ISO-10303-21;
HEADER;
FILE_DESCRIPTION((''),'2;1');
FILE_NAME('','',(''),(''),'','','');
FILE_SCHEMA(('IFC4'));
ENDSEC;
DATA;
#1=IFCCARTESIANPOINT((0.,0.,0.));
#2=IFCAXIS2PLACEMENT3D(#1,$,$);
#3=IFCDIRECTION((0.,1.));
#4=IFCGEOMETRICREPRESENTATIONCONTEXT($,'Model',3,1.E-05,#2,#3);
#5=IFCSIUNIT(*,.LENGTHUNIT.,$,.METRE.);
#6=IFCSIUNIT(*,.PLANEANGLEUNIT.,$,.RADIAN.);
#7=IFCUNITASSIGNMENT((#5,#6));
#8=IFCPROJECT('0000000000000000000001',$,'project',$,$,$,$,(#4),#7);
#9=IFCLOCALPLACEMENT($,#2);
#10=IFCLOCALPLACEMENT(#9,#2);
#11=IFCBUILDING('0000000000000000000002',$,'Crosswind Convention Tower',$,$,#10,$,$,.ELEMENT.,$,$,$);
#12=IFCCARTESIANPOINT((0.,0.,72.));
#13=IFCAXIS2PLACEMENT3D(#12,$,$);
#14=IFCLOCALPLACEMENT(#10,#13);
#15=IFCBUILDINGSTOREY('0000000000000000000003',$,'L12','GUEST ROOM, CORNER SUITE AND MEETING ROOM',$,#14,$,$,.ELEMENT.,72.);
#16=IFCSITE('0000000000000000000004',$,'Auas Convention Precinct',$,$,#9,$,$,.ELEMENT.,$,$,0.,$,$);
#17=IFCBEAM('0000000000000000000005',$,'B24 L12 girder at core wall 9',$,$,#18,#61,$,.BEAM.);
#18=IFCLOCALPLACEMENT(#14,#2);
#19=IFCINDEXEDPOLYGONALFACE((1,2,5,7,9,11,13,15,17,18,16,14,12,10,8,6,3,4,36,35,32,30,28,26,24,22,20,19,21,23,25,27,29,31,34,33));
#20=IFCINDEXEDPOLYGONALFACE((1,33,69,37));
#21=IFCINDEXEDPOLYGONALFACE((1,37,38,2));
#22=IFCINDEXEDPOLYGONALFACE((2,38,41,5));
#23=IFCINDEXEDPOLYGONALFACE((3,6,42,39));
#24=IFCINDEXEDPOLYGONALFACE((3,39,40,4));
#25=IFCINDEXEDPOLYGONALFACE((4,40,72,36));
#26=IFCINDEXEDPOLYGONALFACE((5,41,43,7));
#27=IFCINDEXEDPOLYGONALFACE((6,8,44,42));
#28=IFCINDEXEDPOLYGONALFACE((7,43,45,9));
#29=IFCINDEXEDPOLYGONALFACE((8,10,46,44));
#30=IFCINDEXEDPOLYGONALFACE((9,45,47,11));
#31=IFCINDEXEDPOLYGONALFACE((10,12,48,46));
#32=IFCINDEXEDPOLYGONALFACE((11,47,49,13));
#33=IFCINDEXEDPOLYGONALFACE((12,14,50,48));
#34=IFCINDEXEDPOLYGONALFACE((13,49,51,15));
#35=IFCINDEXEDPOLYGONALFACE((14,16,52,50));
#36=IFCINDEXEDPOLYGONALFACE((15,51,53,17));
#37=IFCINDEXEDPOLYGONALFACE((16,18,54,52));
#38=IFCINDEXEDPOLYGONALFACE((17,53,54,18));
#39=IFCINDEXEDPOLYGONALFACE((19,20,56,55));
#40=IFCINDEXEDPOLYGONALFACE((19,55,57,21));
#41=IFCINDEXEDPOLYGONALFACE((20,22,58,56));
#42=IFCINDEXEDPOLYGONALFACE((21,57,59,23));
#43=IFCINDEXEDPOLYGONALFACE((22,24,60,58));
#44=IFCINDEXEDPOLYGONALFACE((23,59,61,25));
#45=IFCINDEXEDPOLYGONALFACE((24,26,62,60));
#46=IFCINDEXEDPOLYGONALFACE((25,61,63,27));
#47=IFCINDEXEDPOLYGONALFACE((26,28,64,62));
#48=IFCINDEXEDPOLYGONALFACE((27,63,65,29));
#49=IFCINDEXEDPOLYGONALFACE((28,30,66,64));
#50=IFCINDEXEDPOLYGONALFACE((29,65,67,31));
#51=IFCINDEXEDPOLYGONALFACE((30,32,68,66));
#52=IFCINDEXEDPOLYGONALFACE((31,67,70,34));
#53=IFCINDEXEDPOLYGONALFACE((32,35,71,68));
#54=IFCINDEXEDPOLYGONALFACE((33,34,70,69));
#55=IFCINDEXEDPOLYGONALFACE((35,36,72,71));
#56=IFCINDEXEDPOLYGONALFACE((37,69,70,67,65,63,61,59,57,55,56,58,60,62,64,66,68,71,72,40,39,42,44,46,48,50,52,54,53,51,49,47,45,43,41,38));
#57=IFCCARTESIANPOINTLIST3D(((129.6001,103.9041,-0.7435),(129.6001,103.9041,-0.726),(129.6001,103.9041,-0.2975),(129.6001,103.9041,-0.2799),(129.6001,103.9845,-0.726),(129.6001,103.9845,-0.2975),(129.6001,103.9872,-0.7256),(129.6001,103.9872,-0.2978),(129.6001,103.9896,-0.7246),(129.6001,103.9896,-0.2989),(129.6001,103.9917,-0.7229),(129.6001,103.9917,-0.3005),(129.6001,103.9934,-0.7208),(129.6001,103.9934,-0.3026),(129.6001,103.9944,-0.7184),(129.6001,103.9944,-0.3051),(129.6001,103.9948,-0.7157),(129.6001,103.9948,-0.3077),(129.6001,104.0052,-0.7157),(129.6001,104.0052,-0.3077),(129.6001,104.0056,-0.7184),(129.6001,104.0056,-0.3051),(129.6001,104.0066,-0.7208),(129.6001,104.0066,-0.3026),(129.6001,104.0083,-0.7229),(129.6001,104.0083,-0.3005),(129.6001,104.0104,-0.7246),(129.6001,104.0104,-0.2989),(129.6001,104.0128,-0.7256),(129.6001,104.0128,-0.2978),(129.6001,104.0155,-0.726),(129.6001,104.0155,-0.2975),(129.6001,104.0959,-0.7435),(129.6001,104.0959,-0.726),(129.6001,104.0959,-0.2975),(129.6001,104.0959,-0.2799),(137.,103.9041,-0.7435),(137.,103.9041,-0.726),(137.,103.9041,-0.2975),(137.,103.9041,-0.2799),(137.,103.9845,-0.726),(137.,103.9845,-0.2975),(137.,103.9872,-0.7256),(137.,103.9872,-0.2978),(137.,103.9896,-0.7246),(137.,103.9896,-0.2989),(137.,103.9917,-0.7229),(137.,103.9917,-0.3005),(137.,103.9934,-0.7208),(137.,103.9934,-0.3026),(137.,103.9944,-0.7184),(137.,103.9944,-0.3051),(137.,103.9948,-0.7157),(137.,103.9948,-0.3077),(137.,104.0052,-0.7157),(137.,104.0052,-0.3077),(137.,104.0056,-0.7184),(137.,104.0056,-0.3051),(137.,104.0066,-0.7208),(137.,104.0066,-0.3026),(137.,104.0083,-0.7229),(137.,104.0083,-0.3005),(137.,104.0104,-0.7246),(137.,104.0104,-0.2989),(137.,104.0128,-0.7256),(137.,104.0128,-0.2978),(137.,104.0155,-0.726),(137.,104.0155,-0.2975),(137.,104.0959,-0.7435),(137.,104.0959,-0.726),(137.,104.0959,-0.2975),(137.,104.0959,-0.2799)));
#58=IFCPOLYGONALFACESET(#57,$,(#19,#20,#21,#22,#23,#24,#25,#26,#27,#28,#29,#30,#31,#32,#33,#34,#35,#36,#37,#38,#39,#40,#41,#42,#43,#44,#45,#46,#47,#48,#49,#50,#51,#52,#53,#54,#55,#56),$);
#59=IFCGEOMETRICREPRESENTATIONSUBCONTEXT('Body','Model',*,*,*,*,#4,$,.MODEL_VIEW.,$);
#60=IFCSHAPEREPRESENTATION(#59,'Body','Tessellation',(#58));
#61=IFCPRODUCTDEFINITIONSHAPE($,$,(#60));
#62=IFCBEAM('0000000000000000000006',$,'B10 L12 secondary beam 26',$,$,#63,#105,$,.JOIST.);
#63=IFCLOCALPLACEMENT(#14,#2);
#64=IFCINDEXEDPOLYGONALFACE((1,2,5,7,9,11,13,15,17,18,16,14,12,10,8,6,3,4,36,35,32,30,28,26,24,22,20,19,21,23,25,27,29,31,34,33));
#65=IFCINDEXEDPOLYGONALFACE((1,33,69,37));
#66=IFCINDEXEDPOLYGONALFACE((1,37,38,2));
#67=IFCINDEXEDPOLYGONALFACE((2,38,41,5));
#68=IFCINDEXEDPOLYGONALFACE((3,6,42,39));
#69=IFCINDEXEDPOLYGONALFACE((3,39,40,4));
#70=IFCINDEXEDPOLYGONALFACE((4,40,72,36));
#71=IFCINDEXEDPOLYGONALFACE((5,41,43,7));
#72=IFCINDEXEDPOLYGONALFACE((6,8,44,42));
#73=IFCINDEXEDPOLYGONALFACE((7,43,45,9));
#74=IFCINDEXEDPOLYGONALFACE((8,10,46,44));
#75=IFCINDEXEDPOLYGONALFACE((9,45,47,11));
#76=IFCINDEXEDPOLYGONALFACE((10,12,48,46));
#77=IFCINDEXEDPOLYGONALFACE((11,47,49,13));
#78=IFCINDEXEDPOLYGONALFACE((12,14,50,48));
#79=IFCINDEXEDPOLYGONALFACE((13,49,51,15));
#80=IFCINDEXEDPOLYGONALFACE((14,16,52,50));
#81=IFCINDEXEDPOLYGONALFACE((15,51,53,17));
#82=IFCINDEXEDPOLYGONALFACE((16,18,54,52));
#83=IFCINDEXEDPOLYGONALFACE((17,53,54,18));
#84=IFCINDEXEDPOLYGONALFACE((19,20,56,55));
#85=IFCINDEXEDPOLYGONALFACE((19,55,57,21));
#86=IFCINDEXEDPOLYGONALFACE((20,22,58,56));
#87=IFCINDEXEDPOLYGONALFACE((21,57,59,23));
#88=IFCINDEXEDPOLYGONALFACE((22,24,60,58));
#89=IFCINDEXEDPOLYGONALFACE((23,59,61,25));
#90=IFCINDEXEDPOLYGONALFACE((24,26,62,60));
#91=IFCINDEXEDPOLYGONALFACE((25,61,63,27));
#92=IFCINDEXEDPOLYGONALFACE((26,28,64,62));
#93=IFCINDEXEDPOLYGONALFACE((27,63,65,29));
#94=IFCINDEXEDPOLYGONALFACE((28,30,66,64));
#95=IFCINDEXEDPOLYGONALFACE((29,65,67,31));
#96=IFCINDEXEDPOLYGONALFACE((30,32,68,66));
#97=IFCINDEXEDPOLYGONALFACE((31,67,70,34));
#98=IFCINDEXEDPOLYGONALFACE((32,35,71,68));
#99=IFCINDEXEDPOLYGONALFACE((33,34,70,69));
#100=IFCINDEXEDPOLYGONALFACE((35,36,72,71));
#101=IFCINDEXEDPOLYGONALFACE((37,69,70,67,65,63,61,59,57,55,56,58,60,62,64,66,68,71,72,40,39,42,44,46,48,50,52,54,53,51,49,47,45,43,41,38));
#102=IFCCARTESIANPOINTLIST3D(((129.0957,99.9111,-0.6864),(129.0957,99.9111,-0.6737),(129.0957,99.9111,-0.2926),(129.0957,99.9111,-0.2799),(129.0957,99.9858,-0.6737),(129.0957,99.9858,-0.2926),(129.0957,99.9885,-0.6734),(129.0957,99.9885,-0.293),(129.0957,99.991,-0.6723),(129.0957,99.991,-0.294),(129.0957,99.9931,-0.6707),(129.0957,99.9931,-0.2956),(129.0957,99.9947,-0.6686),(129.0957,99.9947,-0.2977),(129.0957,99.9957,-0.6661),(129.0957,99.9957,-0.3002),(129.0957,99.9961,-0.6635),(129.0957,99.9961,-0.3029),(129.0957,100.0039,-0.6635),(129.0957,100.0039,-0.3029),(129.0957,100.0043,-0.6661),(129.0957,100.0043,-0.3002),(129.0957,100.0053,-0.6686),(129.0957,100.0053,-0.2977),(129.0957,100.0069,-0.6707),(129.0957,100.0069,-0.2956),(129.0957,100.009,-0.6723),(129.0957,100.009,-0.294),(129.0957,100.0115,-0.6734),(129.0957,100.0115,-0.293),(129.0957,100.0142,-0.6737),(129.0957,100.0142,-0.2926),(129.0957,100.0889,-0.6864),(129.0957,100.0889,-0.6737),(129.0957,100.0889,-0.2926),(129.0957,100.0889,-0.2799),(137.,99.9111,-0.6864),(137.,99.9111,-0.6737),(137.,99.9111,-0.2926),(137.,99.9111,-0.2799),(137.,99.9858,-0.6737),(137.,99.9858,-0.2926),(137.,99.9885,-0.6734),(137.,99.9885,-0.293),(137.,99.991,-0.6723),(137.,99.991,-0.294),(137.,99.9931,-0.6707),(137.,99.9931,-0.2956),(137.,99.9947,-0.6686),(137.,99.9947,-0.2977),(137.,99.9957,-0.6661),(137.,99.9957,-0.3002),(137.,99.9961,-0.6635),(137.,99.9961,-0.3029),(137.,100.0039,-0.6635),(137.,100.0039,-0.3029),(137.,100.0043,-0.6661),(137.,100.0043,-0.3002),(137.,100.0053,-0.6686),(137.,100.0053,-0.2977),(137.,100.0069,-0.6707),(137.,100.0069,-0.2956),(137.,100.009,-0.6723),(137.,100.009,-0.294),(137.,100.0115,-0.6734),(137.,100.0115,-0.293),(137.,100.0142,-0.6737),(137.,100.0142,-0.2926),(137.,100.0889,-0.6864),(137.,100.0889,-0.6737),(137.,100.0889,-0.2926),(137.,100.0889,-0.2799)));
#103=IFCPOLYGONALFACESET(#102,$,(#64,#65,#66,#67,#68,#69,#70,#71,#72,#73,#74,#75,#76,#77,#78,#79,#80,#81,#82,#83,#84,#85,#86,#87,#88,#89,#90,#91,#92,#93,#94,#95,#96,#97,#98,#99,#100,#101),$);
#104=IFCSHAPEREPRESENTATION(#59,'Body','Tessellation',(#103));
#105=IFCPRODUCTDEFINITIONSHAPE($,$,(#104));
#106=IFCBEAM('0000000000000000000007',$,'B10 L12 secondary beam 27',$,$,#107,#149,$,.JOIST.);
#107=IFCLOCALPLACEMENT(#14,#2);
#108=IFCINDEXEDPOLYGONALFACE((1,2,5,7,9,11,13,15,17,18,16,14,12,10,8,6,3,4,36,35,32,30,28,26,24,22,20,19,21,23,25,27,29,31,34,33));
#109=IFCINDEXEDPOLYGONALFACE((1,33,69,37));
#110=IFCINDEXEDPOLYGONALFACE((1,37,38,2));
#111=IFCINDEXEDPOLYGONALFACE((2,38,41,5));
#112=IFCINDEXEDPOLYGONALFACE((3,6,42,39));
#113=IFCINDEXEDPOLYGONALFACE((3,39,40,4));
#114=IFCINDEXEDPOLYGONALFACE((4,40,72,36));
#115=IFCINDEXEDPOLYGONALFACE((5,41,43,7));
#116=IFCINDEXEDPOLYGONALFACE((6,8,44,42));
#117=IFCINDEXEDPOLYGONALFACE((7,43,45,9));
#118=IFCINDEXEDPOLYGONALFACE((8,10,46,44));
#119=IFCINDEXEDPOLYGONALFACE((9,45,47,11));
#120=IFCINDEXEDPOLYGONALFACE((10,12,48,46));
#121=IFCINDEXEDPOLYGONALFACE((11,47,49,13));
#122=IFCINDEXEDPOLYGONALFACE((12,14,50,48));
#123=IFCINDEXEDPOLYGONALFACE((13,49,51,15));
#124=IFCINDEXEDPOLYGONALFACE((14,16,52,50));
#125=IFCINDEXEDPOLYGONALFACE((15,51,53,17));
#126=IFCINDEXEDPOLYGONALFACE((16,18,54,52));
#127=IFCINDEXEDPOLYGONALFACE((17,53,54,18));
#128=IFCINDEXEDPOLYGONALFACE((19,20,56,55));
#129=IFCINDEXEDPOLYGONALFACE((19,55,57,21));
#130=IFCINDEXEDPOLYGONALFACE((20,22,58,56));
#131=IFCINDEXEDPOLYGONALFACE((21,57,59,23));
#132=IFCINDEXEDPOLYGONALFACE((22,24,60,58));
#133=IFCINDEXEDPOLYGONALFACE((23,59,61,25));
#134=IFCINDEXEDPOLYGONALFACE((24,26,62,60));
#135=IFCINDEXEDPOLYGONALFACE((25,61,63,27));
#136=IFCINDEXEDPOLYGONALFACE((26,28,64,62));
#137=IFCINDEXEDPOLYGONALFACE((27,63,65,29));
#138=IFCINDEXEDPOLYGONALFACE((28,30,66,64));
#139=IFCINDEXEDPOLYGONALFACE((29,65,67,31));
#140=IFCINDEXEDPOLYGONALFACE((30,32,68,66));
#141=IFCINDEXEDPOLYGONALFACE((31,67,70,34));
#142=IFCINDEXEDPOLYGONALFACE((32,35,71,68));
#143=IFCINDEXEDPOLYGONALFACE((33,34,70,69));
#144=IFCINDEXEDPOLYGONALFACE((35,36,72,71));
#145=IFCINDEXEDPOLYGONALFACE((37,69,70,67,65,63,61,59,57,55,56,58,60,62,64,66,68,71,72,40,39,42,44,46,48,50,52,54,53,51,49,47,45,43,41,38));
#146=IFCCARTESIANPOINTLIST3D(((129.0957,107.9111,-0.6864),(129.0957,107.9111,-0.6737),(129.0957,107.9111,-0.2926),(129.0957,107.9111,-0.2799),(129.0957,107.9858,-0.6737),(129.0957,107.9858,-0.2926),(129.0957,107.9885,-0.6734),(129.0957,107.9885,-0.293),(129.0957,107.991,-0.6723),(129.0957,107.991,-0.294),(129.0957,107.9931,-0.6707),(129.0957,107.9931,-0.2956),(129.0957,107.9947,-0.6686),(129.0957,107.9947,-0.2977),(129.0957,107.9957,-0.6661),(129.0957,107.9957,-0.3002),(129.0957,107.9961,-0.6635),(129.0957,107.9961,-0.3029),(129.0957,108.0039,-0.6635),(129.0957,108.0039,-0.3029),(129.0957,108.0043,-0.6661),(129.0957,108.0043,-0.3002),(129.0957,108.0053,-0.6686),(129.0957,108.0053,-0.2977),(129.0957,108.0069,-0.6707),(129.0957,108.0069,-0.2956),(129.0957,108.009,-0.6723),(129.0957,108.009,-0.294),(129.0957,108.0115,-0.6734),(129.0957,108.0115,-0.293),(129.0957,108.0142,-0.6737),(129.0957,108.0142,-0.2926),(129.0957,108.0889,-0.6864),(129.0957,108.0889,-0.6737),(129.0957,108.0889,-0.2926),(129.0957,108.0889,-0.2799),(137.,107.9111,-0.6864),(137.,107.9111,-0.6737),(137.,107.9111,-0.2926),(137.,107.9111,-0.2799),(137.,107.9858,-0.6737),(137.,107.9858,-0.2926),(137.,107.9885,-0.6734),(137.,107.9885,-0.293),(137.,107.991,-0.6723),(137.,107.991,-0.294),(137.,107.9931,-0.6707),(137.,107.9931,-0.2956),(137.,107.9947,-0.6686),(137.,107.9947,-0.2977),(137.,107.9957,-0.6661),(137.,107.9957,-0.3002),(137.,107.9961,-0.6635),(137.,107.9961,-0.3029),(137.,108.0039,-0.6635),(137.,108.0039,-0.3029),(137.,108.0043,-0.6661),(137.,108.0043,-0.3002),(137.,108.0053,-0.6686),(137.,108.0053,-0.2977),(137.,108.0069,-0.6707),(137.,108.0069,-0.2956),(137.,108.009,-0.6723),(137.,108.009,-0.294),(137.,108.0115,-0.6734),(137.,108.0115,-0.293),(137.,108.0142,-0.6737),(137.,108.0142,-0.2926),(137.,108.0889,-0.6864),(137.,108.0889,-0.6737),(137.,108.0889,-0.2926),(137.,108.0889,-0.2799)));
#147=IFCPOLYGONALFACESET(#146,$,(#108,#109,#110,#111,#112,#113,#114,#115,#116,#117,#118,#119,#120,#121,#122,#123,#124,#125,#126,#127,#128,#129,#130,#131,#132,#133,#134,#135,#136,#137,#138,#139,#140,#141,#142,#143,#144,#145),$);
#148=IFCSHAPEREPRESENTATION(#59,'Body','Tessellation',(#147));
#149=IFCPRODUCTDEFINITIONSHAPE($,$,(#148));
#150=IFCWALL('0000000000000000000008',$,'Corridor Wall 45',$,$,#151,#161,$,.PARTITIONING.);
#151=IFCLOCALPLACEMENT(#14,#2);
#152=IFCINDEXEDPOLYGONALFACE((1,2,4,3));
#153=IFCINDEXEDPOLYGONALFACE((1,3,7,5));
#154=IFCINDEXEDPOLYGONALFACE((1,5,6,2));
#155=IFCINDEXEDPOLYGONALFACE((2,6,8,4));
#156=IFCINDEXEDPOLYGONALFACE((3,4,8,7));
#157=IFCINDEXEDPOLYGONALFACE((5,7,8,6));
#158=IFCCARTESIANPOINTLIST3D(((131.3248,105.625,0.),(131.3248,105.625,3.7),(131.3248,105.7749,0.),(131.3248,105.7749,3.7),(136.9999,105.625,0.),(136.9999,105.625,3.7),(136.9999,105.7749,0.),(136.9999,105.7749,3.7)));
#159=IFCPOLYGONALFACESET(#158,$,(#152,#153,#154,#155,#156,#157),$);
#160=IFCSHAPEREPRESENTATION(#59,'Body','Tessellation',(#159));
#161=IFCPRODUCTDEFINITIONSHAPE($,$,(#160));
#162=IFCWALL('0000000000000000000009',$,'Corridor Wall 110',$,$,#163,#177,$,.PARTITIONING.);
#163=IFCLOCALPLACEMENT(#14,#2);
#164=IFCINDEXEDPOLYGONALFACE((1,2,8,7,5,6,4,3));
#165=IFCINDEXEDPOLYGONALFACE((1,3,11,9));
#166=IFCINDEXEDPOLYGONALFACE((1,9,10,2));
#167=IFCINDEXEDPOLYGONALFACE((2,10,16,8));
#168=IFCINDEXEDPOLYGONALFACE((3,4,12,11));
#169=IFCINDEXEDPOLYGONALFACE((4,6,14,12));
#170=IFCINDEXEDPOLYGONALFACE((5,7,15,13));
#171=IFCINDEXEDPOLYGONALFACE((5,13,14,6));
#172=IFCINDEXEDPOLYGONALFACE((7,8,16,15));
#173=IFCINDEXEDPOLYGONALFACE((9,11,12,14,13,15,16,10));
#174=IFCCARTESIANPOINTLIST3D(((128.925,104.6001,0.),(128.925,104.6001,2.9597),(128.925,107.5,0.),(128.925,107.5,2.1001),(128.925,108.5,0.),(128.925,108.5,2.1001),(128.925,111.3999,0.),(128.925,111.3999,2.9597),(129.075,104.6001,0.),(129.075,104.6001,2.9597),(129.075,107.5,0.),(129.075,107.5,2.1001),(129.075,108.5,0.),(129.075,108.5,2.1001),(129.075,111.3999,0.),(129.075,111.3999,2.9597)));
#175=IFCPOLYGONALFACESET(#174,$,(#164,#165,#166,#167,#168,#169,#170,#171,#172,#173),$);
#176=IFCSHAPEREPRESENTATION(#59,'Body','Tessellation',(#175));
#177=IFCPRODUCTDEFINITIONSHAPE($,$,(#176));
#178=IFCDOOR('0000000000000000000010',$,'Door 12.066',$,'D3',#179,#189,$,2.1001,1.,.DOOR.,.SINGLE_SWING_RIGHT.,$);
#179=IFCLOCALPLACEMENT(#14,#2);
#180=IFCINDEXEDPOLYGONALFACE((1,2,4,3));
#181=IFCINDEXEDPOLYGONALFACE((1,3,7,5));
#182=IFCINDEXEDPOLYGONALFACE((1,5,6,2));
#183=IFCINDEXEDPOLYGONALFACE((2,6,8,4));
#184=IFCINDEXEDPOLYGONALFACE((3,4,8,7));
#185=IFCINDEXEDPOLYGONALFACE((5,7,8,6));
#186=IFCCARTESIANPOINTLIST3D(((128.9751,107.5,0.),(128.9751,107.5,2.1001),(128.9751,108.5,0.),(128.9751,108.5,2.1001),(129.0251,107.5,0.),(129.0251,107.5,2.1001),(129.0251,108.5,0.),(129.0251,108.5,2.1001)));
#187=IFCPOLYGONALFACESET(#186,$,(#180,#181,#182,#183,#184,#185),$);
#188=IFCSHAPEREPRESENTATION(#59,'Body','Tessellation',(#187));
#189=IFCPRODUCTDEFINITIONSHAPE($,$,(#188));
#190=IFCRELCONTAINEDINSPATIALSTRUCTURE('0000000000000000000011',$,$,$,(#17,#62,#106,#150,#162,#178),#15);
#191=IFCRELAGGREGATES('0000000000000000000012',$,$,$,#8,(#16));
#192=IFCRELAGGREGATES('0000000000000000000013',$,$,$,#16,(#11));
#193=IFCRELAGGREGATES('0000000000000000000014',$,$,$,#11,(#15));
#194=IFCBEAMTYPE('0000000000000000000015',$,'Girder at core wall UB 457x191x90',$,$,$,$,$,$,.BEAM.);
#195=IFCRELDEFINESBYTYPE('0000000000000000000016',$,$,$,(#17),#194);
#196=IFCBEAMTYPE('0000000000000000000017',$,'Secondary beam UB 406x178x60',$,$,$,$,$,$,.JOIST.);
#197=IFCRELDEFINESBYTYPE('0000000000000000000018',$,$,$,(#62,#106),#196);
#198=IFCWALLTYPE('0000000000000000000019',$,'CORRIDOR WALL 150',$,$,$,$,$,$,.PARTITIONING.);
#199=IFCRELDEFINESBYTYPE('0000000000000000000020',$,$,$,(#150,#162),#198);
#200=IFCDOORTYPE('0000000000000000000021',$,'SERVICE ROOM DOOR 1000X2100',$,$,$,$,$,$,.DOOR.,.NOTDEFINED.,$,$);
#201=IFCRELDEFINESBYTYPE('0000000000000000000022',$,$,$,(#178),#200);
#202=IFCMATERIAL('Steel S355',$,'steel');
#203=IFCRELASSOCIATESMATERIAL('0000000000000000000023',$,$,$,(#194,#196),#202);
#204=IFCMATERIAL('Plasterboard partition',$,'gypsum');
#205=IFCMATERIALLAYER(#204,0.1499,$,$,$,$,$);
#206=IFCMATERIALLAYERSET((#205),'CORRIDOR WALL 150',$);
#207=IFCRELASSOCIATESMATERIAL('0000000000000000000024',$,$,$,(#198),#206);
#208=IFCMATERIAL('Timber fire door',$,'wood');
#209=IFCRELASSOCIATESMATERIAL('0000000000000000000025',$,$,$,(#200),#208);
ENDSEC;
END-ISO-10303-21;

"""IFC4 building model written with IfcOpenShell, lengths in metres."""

from ifc_helpers import new_model, si_unit, direction, frame, frame_2d, origin, origin_2d, place, context, subcontext, project, spatial, rectangle, i_section, extrude, material, layer, layer_set, material_profile, profile_set, type_object, element, fill, save


model = new_model("IFC4")

# Units and contexts
model_context = context("Model", 3, precision=1e-05, world=origin(), true_north=direction((0.0, 1.0)))
body_context = subcontext(model_context, "Body", "Model", "MODEL_VIEW")
ifc_project = project(units=[si_unit("LENGTHUNIT", "METRE"), si_unit("PLANEANGLEUNIT", "RADIAN")], contexts=[model_context])

# Site, building, storey
site_placement = place(None, origin())
site = spatial("IfcSite", under=ifc_project, at=site_placement, Name="Auas Convention Precinct", CompositionType="ELEMENT", RefElevation=0.0)
building_placement = place(site_placement, origin())
building = spatial("IfcBuilding", under=site, at=building_placement, Name="Crosswind Convention Tower", CompositionType="ELEMENT")
storey_placement = place(building_placement, frame((0.0, 0.0, 72.0)))
storey = spatial("IfcBuildingStorey", under=building, at=storey_placement, Name="L12", Description="GUEST ROOM, CORNER SUITE AND MEETING ROOM", CompositionType="ELEMENT", Elevation=72.0)

# Beams
ifc_material_1 = material(Name="Steel S355", Category="steel")
ifc_material_profile_1 = material_profile(ifc_material_1, i_section(OverallWidth=0.1919, OverallDepth=0.4636, WebThickness=0.0105, FlangeThickness=0.0176, FilletRadius=0.0103, at=origin_2d()), Name="UB 457x191x90")
ifc_profile_set_1 = profile_set([ifc_material_profile_1], Name="Steel S355")
beam_type_1 = type_object("IfcBeamType", Name="Girder at core wall UB 457x191x90", PredefinedType="BEAM", material=ifc_profile_set_1)
beam_placement = place(storey_placement, frame((129.6001, 104.0, -0.5117), z_axis=(1.0, 0.0, 0.0), x_axis=(0.0, 1.0, 0.0)))
element("IfcBeam", 1, at=beam_placement, inside=storey, type_object=beam_type_1, Name="B24 L12 girder at core wall 9", PredefinedType="BEAM", context=body_context, shape_type="SweptSolid", body=[
    extrude(i_section(OverallWidth=0.1919, OverallDepth=0.4636, WebThickness=0.0105, FlangeThickness=0.0176, FilletRadius=0.0103, at=origin_2d()), origin(), (0.0, 0.0, 1.0), 7.3999),
])
ifc_material_profile_2 = material_profile(ifc_material_1, i_section(OverallWidth=0.1777, OverallDepth=0.4065, WebThickness=0.0078, FlangeThickness=0.0127, FilletRadius=0.0103, at=origin_2d()), Name="UB 406x178x60")
ifc_profile_set_2 = profile_set([ifc_material_profile_2], Name="Steel S355")
beam_type_2 = type_object("IfcBeamType", Name="Secondary beam UB 406x178x60", PredefinedType="JOIST", material=ifc_profile_set_2)
for number, where, z_axis, x_axis, name in (
    (2, (129.0957, 100.0, -0.4832), (1.0, 0.0, 0.0), (0.0, 1.0, 0.0), "B10 L12 secondary beam 26"),
    (3, (129.0957, 108.0, -0.4832), (1.0, 0.0, 0.0), (0.0, 1.0, 0.0), "B10 L12 secondary beam 27"),
):
    element("IfcBeam", number, at=place(storey_placement, frame(where, z_axis=z_axis, x_axis=x_axis)), inside=storey, type_object=beam_type_2, Name=name, PredefinedType="JOIST", context=body_context, shape_type="SweptSolid", body=[
        extrude(i_section(OverallWidth=0.1777, OverallDepth=0.4065, WebThickness=0.0078, FlangeThickness=0.0127, FilletRadius=0.0103, at=origin_2d()), origin(), (0.0, 0.0, 1.0), 7.9043),
    ])

# Wall
ifc_material_2 = material(Name="Plasterboard partition", Category="gypsum")
ifc_layer_1 = layer(ifc_material_2, 0.1499)
ifc_layer_set_1 = layer_set([ifc_layer_1], Name="CORRIDOR WALL 150")
wall_type_1 = type_object("IfcWallType", Name="CORRIDOR WALL 150", PredefinedType="PARTITIONING", material=ifc_layer_set_1)
wall_1_placement = place(storey_placement, frame((131.325, 105.7, 0.0), z_axis=(0.0, 0.0, 1.0), x_axis=(1.0, 0.0, 0.0)))
element("IfcWall", 4, at=wall_1_placement, inside=storey, type_object=wall_type_1, Name="Corridor Wall 45", PredefinedType="PARTITIONING", context=body_context, shape_type="SweptSolid", body=[
    extrude(rectangle(XDim=5.675, YDim=0.1499, at=frame_2d((2.8374, 0.0))), origin(), (0.0, 0.0, 1.0), 3.7),
])

# Wall, opening, door
wall_2_placement = place(storey_placement, frame((129.0, 104.6001, 0.0), z_axis=(0.0, 0.0, 1.0), x_axis=(0.0, 1.0, 0.0)))
wall_2 = element("IfcWall", 5, at=wall_2_placement, inside=storey, type_object=wall_type_1, Name="Corridor Wall 110", PredefinedType="PARTITIONING", context=body_context, shape_type="SweptSolid", body=[
    extrude(rectangle(XDim=6.7998, YDim=0.1499, at=frame_2d((3.3999, 0.0))), origin(), (0.0, 0.0, 1.0), 2.9597),
])
opening_1_placement = place(wall_2_placement, frame((2.8999, 0.0, 0.0)))
opening_1 = element("IfcOpeningElement", 6, at=opening_1_placement, cuts=wall_2, PredefinedType="OPENING", context=body_context, shape_type="SweptSolid", body=[
    extrude(rectangle(XDim=1.0, YDim=2.1001, at=frame_2d((0.5, 1.05))), frame((0.0, 0.085, 0.0), z_axis=(0.0, -1.0, 0.0), x_axis=(1.0, 0.0, 0.0)), (0.0, 0.0, 1.0), 0.1699),
])
ifc_material_3 = material(Name="Timber fire door", Category="wood")
door_type_1 = type_object("IfcDoorType", Name="SERVICE ROOM DOOR 1000X2100", OperationType="NOTDEFINED", PredefinedType="DOOR", material=ifc_material_3)
door_1_placement = place(opening_1_placement, origin())
door_1 = element("IfcDoor", 7, at=door_1_placement, inside=storey, type_object=door_type_1, Name="Door 12.066", ObjectType="D3", OperationType="SINGLE_SWING_RIGHT", OverallHeight=2.1001, OverallWidth=1.0, PredefinedType="DOOR", context=body_context, shape_type="SweptSolid", body=[
    extrude(rectangle(XDim=1.0, YDim=2.1001, at=frame_2d((0.5, 1.05))), frame((0.0, 0.0249, 0.0), z_axis=(0.0, -1.0, 0.0), x_axis=(1.0, 0.0, 0.0)), (0.0, 0.0, 1.0), 0.05),
])
fill(opening_1, door_1)

save(model, "model.ifc")
